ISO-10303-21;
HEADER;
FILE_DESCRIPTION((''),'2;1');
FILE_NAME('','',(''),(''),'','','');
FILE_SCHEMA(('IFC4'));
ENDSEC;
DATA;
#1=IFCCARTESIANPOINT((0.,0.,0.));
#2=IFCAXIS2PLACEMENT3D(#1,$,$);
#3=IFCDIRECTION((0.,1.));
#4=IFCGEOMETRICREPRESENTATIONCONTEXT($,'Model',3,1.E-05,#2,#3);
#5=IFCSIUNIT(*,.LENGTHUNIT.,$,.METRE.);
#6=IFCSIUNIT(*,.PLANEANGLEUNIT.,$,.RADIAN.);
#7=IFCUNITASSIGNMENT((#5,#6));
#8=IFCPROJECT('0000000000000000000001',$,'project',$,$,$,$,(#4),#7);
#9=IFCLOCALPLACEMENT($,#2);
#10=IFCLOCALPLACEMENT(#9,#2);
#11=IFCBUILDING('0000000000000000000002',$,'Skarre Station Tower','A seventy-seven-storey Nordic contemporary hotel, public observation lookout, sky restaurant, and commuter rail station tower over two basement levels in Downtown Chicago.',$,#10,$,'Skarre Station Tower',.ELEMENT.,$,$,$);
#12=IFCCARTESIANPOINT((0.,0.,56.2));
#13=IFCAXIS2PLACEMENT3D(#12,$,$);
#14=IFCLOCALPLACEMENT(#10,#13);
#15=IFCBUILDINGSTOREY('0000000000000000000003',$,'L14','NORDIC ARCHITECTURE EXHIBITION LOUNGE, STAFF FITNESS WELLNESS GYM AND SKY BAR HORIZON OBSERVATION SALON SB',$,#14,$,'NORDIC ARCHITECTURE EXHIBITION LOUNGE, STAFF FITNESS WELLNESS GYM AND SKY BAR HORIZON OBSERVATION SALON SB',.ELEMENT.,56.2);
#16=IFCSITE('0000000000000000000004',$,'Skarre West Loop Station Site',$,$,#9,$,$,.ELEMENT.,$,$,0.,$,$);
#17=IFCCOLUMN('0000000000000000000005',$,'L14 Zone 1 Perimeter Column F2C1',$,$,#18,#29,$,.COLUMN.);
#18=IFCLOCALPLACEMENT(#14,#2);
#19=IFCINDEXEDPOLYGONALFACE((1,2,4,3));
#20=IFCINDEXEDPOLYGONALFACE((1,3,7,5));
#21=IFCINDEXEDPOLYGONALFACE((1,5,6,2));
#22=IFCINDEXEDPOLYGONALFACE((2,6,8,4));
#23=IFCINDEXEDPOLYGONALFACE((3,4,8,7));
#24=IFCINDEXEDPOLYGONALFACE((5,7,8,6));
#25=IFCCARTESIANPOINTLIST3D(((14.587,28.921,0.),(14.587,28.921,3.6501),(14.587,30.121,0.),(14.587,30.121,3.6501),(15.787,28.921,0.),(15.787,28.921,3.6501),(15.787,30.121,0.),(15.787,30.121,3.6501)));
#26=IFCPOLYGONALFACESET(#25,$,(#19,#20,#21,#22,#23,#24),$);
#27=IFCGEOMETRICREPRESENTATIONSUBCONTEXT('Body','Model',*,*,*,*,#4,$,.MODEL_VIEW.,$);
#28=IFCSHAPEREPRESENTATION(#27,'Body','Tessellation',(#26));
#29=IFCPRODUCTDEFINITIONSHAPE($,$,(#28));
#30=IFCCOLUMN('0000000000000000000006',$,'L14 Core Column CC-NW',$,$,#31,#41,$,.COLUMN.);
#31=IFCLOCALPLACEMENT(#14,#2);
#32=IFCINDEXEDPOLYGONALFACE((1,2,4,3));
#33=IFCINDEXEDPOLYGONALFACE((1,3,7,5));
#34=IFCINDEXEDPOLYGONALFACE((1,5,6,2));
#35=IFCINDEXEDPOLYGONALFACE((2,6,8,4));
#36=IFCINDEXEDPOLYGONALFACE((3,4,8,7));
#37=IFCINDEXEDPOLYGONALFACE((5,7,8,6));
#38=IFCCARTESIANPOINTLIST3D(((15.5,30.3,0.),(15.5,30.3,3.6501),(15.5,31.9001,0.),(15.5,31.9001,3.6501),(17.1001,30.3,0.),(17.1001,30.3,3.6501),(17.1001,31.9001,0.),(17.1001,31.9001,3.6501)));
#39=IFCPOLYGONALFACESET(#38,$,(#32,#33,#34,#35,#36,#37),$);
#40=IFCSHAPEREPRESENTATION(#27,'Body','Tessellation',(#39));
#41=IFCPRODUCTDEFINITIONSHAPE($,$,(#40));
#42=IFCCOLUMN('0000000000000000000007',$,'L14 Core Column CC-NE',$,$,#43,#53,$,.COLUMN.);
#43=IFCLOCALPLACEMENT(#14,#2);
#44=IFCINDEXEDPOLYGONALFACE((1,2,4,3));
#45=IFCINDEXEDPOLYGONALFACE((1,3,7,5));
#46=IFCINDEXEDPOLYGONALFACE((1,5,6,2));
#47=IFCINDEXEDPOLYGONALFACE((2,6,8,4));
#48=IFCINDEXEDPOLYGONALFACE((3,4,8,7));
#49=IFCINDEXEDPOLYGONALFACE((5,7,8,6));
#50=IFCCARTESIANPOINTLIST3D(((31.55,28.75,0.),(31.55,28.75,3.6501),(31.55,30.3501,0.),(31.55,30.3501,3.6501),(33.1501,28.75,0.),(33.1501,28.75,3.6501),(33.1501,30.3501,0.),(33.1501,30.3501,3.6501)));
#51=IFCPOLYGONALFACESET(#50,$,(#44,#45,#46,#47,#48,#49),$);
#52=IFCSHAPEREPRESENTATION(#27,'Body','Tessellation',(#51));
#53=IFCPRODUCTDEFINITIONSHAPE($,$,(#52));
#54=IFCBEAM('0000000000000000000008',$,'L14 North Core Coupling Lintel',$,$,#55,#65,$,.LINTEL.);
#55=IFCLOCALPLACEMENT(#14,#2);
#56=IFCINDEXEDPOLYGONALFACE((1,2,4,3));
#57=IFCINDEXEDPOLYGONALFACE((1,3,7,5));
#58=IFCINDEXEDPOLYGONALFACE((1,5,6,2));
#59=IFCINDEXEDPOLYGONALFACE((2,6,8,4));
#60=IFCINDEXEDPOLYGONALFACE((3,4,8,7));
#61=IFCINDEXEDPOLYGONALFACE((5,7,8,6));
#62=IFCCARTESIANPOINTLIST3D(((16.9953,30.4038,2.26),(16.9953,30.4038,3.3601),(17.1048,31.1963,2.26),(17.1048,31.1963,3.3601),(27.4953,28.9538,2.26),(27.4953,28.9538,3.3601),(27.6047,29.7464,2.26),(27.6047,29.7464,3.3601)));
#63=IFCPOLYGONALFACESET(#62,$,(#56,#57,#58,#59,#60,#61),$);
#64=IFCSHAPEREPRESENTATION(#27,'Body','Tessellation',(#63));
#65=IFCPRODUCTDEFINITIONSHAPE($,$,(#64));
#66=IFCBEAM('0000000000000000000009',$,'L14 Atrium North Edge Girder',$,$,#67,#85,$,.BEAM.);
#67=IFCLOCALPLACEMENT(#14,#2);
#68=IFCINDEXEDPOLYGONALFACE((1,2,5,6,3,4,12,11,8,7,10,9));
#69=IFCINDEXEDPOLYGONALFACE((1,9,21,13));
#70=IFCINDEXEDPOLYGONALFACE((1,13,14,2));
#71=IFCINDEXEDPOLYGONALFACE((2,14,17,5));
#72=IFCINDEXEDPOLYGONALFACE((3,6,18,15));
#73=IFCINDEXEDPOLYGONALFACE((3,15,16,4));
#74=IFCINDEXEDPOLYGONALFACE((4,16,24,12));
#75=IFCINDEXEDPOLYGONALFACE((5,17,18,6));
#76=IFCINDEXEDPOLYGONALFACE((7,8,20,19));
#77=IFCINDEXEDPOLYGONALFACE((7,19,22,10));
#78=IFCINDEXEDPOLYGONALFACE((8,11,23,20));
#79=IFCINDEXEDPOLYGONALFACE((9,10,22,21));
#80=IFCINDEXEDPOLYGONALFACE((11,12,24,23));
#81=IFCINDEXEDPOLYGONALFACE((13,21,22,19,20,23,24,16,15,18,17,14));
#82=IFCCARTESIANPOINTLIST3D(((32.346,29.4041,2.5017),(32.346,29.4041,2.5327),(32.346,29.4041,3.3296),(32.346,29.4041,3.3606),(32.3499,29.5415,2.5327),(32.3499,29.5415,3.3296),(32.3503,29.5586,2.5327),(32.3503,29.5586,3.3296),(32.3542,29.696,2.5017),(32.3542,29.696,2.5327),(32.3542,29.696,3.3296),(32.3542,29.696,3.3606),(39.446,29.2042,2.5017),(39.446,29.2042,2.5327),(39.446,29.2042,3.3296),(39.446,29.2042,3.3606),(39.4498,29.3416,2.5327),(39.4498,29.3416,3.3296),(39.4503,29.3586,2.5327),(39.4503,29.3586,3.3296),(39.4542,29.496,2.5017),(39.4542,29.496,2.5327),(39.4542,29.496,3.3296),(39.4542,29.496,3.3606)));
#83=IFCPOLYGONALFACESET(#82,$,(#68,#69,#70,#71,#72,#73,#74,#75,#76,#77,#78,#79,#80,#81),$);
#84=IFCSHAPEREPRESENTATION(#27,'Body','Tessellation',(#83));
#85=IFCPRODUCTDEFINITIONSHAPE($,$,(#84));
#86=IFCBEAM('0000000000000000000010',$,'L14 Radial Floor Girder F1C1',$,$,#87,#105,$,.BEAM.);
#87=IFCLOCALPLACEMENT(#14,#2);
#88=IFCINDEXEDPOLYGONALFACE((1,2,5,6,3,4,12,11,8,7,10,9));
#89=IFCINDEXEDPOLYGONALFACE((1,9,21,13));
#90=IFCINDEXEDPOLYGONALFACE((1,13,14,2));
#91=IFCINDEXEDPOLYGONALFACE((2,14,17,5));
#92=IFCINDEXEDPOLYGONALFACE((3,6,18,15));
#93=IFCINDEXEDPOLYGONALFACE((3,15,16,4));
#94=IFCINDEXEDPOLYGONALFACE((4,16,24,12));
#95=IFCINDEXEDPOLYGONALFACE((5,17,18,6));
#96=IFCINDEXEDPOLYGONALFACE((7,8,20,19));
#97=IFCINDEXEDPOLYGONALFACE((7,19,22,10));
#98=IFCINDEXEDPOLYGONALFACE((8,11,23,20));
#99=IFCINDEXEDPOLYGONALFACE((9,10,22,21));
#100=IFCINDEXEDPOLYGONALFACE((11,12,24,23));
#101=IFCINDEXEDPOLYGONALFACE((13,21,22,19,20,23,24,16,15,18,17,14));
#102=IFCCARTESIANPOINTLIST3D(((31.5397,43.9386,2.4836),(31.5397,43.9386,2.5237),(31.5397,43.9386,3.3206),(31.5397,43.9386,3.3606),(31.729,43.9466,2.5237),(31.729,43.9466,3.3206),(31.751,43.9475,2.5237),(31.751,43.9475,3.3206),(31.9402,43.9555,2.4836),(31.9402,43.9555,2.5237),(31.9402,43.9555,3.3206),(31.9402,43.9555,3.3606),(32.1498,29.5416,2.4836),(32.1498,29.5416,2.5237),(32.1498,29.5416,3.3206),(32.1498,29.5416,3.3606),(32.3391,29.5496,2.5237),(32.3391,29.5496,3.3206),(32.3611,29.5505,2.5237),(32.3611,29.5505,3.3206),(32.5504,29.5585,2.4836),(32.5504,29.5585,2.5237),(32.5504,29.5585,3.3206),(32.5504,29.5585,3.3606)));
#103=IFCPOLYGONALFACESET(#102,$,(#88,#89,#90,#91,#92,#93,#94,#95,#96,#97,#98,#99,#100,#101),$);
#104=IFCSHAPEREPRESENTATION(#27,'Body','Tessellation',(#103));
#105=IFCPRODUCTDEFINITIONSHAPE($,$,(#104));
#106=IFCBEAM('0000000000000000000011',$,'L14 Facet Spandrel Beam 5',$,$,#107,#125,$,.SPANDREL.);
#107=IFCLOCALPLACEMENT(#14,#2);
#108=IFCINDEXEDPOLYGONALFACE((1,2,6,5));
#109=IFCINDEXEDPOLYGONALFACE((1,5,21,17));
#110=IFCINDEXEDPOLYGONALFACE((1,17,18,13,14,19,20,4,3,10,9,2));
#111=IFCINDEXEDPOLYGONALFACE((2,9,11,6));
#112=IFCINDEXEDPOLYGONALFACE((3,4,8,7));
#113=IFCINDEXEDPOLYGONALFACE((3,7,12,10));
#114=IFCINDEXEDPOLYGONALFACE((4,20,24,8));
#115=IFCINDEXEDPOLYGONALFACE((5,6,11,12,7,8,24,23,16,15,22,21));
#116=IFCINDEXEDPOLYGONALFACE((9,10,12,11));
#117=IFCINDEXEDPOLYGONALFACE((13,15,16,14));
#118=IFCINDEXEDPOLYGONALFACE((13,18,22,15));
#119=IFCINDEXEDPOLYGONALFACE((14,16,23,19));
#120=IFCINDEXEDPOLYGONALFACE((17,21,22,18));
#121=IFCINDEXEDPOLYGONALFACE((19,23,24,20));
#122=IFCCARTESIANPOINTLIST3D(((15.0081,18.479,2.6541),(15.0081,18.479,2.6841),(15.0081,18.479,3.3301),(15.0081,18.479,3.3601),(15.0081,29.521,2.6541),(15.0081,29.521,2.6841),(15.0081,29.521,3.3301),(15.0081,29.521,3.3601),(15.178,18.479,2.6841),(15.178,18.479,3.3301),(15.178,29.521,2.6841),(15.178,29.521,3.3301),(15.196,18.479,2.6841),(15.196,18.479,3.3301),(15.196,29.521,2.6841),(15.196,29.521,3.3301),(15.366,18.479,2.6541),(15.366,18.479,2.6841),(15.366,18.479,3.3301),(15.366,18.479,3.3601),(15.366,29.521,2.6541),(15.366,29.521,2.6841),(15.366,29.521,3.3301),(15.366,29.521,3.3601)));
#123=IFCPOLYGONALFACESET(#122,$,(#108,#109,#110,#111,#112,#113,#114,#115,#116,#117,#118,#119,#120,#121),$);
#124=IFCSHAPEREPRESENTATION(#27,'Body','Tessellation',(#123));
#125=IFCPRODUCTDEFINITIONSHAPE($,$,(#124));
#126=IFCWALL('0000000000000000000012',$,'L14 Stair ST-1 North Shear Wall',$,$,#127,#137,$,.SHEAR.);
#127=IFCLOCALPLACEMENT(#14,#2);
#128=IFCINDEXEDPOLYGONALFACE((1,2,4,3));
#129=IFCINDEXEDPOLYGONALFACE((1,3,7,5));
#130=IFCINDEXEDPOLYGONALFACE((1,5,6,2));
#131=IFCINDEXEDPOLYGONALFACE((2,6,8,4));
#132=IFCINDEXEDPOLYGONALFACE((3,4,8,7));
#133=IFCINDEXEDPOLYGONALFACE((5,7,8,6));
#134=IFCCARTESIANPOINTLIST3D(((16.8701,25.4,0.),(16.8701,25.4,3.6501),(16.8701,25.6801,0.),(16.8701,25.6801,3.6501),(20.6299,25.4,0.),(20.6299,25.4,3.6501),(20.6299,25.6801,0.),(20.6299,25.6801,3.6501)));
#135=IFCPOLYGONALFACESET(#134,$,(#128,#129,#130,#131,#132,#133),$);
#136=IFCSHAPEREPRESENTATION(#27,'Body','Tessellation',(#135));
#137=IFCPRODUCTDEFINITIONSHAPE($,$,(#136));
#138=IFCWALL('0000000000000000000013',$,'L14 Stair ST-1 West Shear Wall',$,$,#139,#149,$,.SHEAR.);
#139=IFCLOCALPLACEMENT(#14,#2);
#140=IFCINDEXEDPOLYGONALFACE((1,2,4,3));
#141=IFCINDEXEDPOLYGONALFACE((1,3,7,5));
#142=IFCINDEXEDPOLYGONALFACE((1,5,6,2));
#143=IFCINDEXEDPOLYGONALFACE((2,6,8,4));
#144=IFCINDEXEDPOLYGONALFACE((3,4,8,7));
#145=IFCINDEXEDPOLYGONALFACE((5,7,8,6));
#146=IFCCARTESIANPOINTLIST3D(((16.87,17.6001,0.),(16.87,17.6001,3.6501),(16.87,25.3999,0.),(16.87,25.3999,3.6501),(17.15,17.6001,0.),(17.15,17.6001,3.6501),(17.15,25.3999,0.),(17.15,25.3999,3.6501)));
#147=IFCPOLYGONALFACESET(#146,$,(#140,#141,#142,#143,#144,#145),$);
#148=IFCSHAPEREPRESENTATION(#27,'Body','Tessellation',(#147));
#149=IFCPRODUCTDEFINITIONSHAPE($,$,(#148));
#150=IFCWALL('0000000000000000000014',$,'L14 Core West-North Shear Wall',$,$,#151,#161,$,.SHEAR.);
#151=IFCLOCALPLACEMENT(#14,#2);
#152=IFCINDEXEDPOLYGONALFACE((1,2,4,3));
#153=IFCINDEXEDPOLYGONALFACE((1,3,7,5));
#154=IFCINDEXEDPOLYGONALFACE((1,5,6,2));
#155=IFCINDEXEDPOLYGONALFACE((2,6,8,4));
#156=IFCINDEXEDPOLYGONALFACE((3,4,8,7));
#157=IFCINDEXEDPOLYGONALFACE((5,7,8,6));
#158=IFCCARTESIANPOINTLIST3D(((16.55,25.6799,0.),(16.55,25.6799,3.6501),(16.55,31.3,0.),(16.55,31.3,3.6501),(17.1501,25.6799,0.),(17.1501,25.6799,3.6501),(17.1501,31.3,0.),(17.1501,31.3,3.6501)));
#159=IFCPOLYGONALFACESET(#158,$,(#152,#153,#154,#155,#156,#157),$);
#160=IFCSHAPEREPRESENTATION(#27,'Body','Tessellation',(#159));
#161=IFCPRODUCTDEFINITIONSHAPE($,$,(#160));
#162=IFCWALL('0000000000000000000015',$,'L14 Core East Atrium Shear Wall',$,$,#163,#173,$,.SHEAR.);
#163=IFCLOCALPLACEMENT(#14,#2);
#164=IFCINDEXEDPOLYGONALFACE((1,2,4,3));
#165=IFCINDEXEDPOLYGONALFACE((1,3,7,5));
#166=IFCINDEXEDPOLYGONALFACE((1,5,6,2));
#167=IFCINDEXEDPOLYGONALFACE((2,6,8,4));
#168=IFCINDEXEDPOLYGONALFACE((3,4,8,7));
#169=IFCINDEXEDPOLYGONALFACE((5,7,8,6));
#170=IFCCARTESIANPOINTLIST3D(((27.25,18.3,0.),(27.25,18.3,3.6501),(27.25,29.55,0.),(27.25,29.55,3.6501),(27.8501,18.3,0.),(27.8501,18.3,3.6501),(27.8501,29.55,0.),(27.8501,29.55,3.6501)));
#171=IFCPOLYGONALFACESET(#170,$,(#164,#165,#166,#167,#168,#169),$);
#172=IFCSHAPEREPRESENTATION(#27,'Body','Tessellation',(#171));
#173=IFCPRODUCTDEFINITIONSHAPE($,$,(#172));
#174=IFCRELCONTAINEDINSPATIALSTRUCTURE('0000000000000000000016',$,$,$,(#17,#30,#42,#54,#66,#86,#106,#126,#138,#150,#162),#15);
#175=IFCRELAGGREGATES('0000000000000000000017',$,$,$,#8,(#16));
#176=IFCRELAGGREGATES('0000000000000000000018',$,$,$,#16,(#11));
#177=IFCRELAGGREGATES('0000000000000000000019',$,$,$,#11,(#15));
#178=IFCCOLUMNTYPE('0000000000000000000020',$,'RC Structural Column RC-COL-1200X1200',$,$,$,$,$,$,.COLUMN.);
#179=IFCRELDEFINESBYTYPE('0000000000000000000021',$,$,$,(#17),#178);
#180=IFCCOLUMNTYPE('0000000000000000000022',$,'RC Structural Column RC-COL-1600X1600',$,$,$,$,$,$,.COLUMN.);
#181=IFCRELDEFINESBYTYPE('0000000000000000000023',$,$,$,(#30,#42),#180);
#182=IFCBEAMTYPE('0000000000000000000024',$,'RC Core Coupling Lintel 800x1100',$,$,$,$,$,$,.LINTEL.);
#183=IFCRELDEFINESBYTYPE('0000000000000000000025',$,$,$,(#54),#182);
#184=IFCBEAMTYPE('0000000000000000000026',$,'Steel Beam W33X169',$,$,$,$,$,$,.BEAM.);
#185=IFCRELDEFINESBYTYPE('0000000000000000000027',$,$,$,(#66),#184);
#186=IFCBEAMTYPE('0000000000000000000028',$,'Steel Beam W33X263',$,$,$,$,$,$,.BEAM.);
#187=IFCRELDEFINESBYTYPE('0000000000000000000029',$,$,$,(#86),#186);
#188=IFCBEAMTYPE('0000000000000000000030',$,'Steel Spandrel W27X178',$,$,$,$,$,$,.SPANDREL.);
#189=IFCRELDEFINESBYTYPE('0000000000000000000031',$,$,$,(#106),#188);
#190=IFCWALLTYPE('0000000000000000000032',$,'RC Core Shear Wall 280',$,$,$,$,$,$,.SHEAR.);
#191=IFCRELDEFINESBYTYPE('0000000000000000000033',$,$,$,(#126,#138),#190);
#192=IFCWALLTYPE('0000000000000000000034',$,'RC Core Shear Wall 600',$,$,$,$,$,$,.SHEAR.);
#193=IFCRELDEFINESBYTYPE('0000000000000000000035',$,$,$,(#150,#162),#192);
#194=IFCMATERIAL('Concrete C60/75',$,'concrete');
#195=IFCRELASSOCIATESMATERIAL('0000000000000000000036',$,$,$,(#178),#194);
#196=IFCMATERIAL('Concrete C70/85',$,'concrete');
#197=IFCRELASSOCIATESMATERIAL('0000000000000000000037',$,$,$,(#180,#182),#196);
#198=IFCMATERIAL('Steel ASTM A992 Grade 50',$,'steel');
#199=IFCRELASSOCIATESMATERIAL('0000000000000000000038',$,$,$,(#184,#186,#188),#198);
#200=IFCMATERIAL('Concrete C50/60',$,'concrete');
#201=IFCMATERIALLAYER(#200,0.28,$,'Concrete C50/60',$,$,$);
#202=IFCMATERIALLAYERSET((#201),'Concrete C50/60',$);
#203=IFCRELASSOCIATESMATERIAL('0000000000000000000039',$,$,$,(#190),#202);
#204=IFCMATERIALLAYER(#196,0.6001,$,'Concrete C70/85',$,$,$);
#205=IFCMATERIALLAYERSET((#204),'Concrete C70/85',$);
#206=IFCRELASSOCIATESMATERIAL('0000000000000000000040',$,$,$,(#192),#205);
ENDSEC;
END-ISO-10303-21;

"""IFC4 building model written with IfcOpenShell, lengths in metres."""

from ifc_helpers import new_model, si_unit, direction, frame, frame_2d, origin, origin_2d, place, context, subcontext, project, spatial, rectangle, i_section, extrude, material, layer, layer_set, material_profile, profile_set, type_object, element, save


model = new_model("IFC4")

# Units and contexts
model_context = context("Model", 3, precision=1e-05, world=origin(), true_north=direction((0.0, 1.0)))
body_context = subcontext(model_context, "Body", "Model", "MODEL_VIEW")
ifc_project = project(units=[si_unit("LENGTHUNIT", "METRE"), si_unit("PLANEANGLEUNIT", "RADIAN")], contexts=[model_context])

# Site, building, storey
site_placement = place(None, origin())
site = spatial("IfcSite", under=ifc_project, at=site_placement, Name="Skarre West Loop Station Site", CompositionType="ELEMENT", RefElevation=0.0)
building_placement = place(site_placement, origin())
building = spatial("IfcBuilding", under=site, at=building_placement, Name="Skarre Station Tower", Description="A seventy-seven-storey Nordic contemporary hotel, public observation lookout, sky restaurant, and commuter rail station tower over two basement levels in Downtown Chicago.", LongName="Skarre Station Tower", CompositionType="ELEMENT")
storey_placement = place(building_placement, frame((0.0, 0.0, 56.2)))
storey = spatial("IfcBuildingStorey", under=building, at=storey_placement, Name="L14", Description="NORDIC ARCHITECTURE EXHIBITION LOUNGE, STAFF FITNESS WELLNESS GYM AND SKY BAR HORIZON OBSERVATION SALON SB", LongName="NORDIC ARCHITECTURE EXHIBITION LOUNGE, STAFF FITNESS WELLNESS GYM AND SKY BAR HORIZON OBSERVATION SALON SB", CompositionType="ELEMENT", Elevation=56.2)

# Columns
ifc_material_1 = material(Name="Concrete C60/75", Category="concrete")
ifc_material_profile_1 = material_profile(ifc_material_1, rectangle(XDim=1.2, YDim=1.2, at=origin_2d()), Name="Concrete C60/75")
ifc_profile_set_1 = profile_set([ifc_material_profile_1], Name="Concrete C60/75")
column_type_1 = type_object("IfcColumnType", Name="RC Structural Column RC-COL-1200X1200", PredefinedType="COLUMN", material=ifc_profile_set_1)
column_placement = place(storey_placement, frame((15.187, 29.521, 0.0), z_axis=(0.0, 0.0, 1.0), x_axis=(1.0, 0.0, 0.0)))
element("IfcColumn", 1, at=column_placement, inside=storey, type_object=column_type_1, Name="L14 Zone 1 Perimeter Column F2C1", PredefinedType="COLUMN", context=body_context, shape_type="SweptSolid", body=[
    extrude(rectangle(XDim=1.2, YDim=1.2, at=origin_2d()), origin(), (0.0, 0.0, 1.0), 3.6501),
])
ifc_material_2 = material(Name="Concrete C70/85", Category="concrete")
ifc_material_profile_2 = material_profile(ifc_material_2, rectangle(XDim=1.6001, YDim=1.6001, at=origin_2d()), Name="Concrete C70/85")
ifc_profile_set_2 = profile_set([ifc_material_profile_2], Name="Concrete C70/85")
column_type_2 = type_object("IfcColumnType", Name="RC Structural Column RC-COL-1600X1600", PredefinedType="COLUMN", material=ifc_profile_set_2)
for number, where, z_axis, x_axis, name in (
    (2, (16.3, 31.1001, 0.0), (0.0, 0.0, 1.0), (1.0, 0.0, 0.0), "L14 Core Column CC-NW"),
    (3, (32.3501, 29.55, 0.0), (0.0, 0.0, 1.0), (1.0, 0.0, 0.0), "L14 Core Column CC-NE"),
):
    element("IfcColumn", number, at=place(storey_placement, frame(where, z_axis=z_axis, x_axis=x_axis)), inside=storey, type_object=column_type_2, Name=name, PredefinedType="COLUMN", context=body_context, shape_type="SweptSolid", body=[
        extrude(rectangle(XDim=1.6001, YDim=1.6001, at=origin_2d()), origin(), (0.0, 0.0, 1.0), 3.6501),
    ])

# Beams
ifc_material_profile_3 = material_profile(ifc_material_2, rectangle(XDim=0.8, YDim=1.1001, at=origin_2d()), Name="Concrete C70/85")
ifc_profile_set_3 = profile_set([ifc_material_profile_3], Name="Concrete C70/85")
beam_type_1 = type_object("IfcBeamType", Name="RC Core Coupling Lintel 800x1100", PredefinedType="LINTEL", material=ifc_profile_set_3)
beam_1_placement = place(storey_placement, frame((17.05, 30.8, 2.8101), z_axis=(0.9906, -0.136792, 0.0), x_axis=(0.136792, 0.9906, 0.0)))
element("IfcBeam", 4, at=beam_1_placement, inside=storey, type_object=beam_type_1, Name="L14 North Core Coupling Lintel", PredefinedType="LINTEL", context=body_context, shape_type="SweptSolid", body=[
    extrude(rectangle(XDim=0.8, YDim=1.1001, at=origin_2d()), origin(), (0.0, 0.0, 1.0), 10.5996),
])
ifc_material_3 = material(Name="Steel ASTM A992 Grade 50", Category="steel")
ifc_material_profile_4 = material_profile(ifc_material_3, i_section(OverallWidth=0.292, OverallDepth=0.8589, WebThickness=0.0171, FlangeThickness=0.031, at=origin_2d()), Name="Steel ASTM A992 Grade 50")
ifc_profile_set_4 = profile_set([ifc_material_profile_4], Name="Steel ASTM A992 Grade 50")
beam_type_2 = type_object("IfcBeamType", Name="Steel Beam W33X169", PredefinedType="BEAM", material=ifc_profile_set_4)
beam_2_placement = place(storey_placement, frame((32.3501, 29.55, 2.9312), z_axis=(0.999604, -0.028152, 0.0), x_axis=(0.028152, 0.999604, 0.0)))
element("IfcBeam", 5, at=beam_2_placement, inside=storey, type_object=beam_type_2, Name="L14 Atrium North Edge Girder", PredefinedType="BEAM", context=body_context, shape_type="SweptSolid", body=[
    extrude(i_section(OverallWidth=0.292, OverallDepth=0.8589, WebThickness=0.0171, FlangeThickness=0.031, at=origin_2d()), origin(), (0.0, 0.0, 1.0), 7.1028),
])
ifc_material_profile_5 = material_profile(ifc_material_3, i_section(OverallWidth=0.4009, OverallDepth=0.877, WebThickness=0.022, FlangeThickness=0.04, at=origin_2d()), Name="Steel ASTM A992 Grade 50")
ifc_profile_set_5 = profile_set([ifc_material_profile_5], Name="Steel ASTM A992 Grade 50")
beam_type_3 = type_object("IfcBeamType", Name="Steel Beam W33X263", PredefinedType="BEAM", material=ifc_profile_set_5)
beam_3_placement = place(storey_placement, frame((32.3501, 29.55, 2.9221), z_axis=(-0.042339, 0.999103, 0.0), x_axis=(-0.999103, -0.042339, 0.0)))
element("IfcBeam", 6, at=beam_3_placement, inside=storey, type_object=beam_type_3, Name="L14 Radial Floor Girder F1C1", PredefinedType="BEAM", context=body_context, shape_type="SweptSolid", body=[
    extrude(i_section(OverallWidth=0.4009, OverallDepth=0.877, WebThickness=0.022, FlangeThickness=0.04, at=origin_2d()), origin(), (0.0, 0.0, 1.0), 14.4099),
])
ifc_material_profile_6 = material_profile(ifc_material_3, i_section(OverallWidth=0.3579, OverallDepth=0.7061, WebThickness=0.0181, FlangeThickness=0.03, at=origin_2d()), Name="Steel ASTM A992 Grade 50")
ifc_profile_set_6 = profile_set([ifc_material_profile_6], Name="Steel ASTM A992 Grade 50")
beam_type_4 = type_object("IfcBeamType", Name="Steel Spandrel W27X178", PredefinedType="SPANDREL", material=ifc_profile_set_6)
beam_4_placement = place(storey_placement, frame((15.187, 29.521, 3.0071), z_axis=(0.0, -1.0, 0.0), x_axis=(1.0, 0.0, 0.0)))
element("IfcBeam", 7, at=beam_4_placement, inside=storey, type_object=beam_type_4, Name="L14 Facet Spandrel Beam 5", PredefinedType="SPANDREL", context=body_context, shape_type="SweptSolid", body=[
    extrude(i_section(OverallWidth=0.3579, OverallDepth=0.7061, WebThickness=0.0181, FlangeThickness=0.03, at=origin_2d()), origin(), (0.0, 0.0, 1.0), 11.042),
])

# Walls
ifc_material_4 = material(Name="Concrete C50/60", Category="concrete")
ifc_layer_1 = layer(ifc_material_4, 0.28, Name="Concrete C50/60")
ifc_layer_set_1 = layer_set([ifc_layer_1], Name="Concrete C50/60")
wall_type_1 = type_object("IfcWallType", Name="RC Core Shear Wall 280", PredefinedType="SHEAR", material=ifc_layer_set_1)
wall_1_placement = place(storey_placement, frame((20.6299, 25.54, 0.0), z_axis=(0.0, 0.0, 1.0), x_axis=(-1.0, 0.0, 0.0)))
element("IfcWall", 8, at=wall_1_placement, inside=storey, type_object=wall_type_1, Name="L14 Stair ST-1 North Shear Wall", PredefinedType="SHEAR", context=body_context, shape_type="SweptSolid", body=[
    extrude(rectangle(XDim=3.7598, YDim=0.28, at=frame_2d((1.8799, 0.0))), origin(), (0.0, 0.0, 1.0), 3.6501),
])
wall_2_placement = place(storey_placement, frame((17.01, 25.3999, 0.0), z_axis=(0.0, 0.0, 1.0), x_axis=(0.0, -1.0, 0.0)))
element("IfcWall", 9, at=wall_2_placement, inside=storey, type_object=wall_type_1, Name="L14 Stair ST-1 West Shear Wall", PredefinedType="SHEAR", context=body_context, shape_type="SweptSolid", body=[
    extrude(rectangle(XDim=7.7998, YDim=0.28, at=frame_2d((3.8999, 0.0))), origin(), (0.0, 0.0, 1.0), 3.6501),
])
ifc_layer_2 = layer(ifc_material_2, 0.6001, Name="Concrete C70/85")
ifc_layer_set_2 = layer_set([ifc_layer_2], Name="Concrete C70/85")
wall_type_2 = type_object("IfcWallType", Name="RC Core Shear Wall 600", PredefinedType="SHEAR", material=ifc_layer_set_2)
wall_3_placement = place(storey_placement, frame((16.8501, 25.6799, 0.0), z_axis=(0.0, 0.0, 1.0), x_axis=(0.0, 1.0, 0.0)))
element("IfcWall", 10, at=wall_3_placement, inside=storey, type_object=wall_type_2, Name="L14 Core West-North Shear Wall", PredefinedType="SHEAR", context=body_context, shape_type="SweptSolid", body=[
    extrude(rectangle(XDim=5.6201, YDim=0.6001, at=frame_2d((2.8101, 0.0))), origin(), (0.0, 0.0, 1.0), 3.6501),
])
wall_4_placement = place(storey_placement, frame((27.55, 29.55, 0.0), z_axis=(0.0, 0.0, 1.0), x_axis=(0.0, -1.0, 0.0)))
element("IfcWall", 11, at=wall_4_placement, inside=storey, type_object=wall_type_2, Name="L14 Core East Atrium Shear Wall", PredefinedType="SHEAR", context=body_context, shape_type="SweptSolid", body=[
    extrude(rectangle(XDim=11.25, YDim=0.6001, at=frame_2d((5.625, 0.0))), origin(), (0.0, 0.0, 1.0), 3.6501),
])

save(model, "model.ifc")
